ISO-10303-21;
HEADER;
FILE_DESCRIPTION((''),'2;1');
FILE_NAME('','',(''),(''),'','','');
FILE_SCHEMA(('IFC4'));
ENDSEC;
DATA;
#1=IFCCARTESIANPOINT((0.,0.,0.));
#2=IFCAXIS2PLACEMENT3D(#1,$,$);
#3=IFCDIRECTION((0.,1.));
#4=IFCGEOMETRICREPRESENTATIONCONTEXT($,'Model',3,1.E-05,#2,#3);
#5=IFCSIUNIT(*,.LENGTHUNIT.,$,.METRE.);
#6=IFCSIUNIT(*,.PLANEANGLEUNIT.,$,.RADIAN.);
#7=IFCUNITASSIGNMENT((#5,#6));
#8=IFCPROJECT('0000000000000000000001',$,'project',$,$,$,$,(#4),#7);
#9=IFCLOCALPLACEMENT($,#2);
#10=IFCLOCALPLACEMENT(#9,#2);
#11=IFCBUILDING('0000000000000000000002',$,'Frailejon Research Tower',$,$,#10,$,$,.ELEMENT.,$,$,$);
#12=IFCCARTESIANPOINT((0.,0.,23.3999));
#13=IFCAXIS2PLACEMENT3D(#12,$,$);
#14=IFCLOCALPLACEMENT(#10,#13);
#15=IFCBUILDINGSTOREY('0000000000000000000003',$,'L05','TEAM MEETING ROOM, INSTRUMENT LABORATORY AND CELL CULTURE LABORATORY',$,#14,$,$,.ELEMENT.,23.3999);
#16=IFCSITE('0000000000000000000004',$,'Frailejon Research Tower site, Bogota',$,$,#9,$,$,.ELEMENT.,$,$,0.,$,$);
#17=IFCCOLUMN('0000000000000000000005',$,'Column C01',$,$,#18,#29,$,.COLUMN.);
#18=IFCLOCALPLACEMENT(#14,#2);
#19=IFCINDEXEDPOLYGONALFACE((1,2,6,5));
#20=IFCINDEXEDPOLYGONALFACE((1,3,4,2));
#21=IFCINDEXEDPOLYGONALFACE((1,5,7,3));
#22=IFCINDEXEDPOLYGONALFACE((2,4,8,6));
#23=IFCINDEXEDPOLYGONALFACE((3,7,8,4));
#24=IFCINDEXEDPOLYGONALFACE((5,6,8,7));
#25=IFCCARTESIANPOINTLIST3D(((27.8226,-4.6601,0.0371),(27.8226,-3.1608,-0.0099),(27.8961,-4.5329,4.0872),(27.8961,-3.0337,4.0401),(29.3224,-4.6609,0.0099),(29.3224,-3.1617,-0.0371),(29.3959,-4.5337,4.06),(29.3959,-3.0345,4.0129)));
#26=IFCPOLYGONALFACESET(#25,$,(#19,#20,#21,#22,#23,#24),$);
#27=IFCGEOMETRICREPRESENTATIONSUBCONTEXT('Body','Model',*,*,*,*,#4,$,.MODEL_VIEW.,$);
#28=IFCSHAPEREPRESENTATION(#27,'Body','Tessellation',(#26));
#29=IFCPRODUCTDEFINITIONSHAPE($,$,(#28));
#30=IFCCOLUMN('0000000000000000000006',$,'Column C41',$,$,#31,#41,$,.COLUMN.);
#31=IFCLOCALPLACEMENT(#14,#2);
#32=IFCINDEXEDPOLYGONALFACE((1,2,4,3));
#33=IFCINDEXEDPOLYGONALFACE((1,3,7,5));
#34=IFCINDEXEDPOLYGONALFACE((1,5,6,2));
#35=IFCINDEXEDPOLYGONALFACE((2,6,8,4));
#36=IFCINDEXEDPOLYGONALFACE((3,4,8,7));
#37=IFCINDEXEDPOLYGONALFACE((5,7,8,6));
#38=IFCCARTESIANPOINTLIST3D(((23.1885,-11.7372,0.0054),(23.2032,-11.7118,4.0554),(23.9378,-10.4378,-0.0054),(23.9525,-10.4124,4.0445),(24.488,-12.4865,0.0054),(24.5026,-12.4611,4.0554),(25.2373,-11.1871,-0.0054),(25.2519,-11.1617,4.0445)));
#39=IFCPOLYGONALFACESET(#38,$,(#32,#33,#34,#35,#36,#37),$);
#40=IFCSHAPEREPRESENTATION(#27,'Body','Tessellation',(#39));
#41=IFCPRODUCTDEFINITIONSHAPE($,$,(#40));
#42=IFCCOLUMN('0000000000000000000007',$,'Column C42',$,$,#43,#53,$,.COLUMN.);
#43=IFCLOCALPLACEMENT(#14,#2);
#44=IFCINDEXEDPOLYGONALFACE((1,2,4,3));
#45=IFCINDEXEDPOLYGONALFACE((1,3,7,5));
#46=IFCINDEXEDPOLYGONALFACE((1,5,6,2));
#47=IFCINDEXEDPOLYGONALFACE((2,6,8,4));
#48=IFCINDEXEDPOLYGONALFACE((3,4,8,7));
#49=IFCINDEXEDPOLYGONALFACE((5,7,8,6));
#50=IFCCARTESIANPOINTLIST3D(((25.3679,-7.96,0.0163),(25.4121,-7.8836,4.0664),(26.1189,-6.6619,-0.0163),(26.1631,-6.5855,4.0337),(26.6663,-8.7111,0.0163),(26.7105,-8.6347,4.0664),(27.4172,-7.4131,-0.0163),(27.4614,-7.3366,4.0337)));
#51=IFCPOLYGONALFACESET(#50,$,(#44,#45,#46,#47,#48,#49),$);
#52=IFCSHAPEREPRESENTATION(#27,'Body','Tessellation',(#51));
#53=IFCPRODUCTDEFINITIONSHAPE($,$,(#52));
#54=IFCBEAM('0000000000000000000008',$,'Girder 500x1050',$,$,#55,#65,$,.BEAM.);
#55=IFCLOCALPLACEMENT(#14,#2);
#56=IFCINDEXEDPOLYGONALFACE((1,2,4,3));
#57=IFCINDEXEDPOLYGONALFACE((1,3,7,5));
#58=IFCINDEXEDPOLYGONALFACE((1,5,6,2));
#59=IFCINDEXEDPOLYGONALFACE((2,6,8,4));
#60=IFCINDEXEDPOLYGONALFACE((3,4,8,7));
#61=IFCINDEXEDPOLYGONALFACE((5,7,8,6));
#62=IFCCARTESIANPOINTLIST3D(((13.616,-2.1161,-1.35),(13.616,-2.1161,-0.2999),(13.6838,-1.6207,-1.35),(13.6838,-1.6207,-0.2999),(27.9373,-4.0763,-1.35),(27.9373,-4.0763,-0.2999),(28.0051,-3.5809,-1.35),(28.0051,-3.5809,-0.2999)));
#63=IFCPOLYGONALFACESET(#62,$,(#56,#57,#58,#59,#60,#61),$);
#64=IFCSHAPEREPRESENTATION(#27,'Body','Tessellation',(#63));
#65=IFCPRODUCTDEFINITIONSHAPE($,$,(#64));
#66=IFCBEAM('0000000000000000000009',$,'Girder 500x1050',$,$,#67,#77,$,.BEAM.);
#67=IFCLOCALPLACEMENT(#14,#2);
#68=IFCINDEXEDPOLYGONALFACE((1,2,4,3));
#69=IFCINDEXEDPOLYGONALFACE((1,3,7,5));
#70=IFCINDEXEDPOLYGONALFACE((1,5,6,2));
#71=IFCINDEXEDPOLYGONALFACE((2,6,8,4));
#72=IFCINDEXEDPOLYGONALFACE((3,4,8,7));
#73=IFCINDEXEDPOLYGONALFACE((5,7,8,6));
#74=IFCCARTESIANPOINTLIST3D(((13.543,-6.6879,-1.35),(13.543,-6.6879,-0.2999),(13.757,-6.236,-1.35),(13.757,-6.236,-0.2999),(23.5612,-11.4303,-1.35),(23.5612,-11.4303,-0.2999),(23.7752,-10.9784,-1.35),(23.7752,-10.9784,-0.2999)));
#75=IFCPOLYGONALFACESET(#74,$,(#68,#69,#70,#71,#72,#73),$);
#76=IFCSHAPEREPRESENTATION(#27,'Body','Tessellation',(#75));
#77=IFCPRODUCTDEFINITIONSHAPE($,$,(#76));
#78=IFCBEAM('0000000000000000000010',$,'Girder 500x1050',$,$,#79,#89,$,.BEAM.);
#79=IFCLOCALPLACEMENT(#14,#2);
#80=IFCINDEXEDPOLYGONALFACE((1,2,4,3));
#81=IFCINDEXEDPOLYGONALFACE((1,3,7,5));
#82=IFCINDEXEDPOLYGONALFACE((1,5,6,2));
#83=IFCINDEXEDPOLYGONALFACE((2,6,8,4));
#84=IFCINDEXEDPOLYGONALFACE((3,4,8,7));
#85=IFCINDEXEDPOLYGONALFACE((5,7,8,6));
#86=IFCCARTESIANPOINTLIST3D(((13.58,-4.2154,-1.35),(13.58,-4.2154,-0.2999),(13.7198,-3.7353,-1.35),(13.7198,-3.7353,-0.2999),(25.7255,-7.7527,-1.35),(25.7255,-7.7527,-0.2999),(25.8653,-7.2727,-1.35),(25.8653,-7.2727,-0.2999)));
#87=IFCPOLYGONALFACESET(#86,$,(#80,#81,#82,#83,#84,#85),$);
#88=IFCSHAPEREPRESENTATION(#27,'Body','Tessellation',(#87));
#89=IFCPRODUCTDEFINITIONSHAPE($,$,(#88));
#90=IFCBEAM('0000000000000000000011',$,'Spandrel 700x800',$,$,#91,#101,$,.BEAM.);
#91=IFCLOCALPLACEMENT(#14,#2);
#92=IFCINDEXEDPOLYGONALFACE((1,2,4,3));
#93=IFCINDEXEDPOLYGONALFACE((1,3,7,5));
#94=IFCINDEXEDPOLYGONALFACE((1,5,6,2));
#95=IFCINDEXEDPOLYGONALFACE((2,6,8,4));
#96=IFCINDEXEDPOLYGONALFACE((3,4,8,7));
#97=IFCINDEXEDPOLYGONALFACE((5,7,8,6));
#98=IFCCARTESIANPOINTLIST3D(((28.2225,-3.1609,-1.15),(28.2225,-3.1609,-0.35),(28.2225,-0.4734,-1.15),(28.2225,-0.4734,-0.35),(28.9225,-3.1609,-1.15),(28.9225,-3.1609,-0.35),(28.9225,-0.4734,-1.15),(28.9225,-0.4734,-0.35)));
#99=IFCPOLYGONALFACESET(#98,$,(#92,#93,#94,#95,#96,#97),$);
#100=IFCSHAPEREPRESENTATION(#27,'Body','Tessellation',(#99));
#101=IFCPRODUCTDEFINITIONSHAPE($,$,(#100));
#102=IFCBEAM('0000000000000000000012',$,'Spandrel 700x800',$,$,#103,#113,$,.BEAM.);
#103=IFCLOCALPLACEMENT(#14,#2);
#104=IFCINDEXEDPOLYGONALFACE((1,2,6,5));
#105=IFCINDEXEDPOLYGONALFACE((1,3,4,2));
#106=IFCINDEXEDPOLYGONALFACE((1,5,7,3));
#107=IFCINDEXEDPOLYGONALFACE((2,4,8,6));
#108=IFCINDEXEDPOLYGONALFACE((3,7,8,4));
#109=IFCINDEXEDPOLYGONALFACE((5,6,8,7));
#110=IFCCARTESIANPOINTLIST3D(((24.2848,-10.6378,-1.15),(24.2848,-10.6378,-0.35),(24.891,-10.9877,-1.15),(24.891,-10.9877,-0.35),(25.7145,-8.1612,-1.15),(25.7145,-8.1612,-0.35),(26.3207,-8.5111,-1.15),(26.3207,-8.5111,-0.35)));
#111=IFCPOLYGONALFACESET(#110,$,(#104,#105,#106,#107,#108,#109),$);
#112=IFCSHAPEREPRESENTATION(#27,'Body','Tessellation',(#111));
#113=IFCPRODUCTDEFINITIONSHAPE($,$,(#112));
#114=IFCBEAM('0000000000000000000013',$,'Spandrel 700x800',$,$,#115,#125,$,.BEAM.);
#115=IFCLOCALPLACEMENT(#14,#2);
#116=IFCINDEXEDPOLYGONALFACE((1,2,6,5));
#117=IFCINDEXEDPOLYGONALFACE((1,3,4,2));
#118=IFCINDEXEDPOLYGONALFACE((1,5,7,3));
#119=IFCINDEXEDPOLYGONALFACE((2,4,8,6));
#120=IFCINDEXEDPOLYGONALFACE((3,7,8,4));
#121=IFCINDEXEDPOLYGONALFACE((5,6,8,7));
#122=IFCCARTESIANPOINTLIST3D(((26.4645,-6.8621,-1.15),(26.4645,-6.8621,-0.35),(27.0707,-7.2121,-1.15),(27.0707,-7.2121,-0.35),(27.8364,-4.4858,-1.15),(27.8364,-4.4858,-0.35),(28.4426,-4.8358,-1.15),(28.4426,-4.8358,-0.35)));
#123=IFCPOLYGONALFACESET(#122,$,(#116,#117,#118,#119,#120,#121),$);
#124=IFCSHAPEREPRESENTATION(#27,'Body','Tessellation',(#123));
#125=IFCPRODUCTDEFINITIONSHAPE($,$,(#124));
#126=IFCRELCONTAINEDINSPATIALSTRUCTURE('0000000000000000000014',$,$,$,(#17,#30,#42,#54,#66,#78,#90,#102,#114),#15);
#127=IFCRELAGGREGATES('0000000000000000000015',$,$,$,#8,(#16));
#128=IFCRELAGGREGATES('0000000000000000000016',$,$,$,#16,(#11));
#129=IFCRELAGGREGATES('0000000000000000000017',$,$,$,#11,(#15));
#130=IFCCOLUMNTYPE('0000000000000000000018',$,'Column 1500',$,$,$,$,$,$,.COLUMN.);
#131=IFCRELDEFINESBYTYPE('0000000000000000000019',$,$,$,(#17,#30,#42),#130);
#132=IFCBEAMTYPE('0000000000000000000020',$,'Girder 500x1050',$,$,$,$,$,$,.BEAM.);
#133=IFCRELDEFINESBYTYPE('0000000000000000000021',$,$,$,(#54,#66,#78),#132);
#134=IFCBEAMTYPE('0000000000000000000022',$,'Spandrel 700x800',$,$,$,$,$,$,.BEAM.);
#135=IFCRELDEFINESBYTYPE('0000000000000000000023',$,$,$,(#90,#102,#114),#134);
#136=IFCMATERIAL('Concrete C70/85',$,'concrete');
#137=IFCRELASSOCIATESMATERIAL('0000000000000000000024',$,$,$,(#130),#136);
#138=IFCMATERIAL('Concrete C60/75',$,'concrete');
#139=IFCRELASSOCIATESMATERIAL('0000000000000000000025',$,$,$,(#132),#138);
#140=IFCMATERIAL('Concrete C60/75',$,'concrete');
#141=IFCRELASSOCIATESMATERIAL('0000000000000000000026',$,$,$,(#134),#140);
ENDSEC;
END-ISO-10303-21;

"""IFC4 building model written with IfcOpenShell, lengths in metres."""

from ifc_helpers import new_model, si_unit, direction, frame, origin, origin_2d, place, context, subcontext, project, spatial, rectangle, extrude, material, material_profile, profile_set, type_object, element, save


model = new_model("IFC4")

# Units and contexts
model_context = context("Model", 3, precision=1e-05, world=origin(), true_north=direction((0.0, 1.0)))
body_context = subcontext(model_context, "Body", "Model", "MODEL_VIEW")
ifc_project = project(units=[si_unit("LENGTHUNIT", "METRE"), si_unit("PLANEANGLEUNIT", "RADIAN")], contexts=[model_context])

# Site, building, storey
site_placement = place(None, origin())
site = spatial("IfcSite", under=ifc_project, at=site_placement, Name="Frailejon Research Tower site, Bogota", CompositionType="ELEMENT", RefElevation=0.0)
building_placement = place(site_placement, origin())
building = spatial("IfcBuilding", under=site, at=building_placement, Name="Frailejon Research Tower", CompositionType="ELEMENT")
storey_placement = place(building_placement, frame((0.0, 0.0, 23.3999)))
storey = spatial("IfcBuildingStorey", under=building, at=storey_placement, Name="L05", Description="TEAM MEETING ROOM, INSTRUMENT LABORATORY AND CELL CULTURE LABORATORY", CompositionType="ELEMENT", Elevation=23.3999)

# Columns
ifc_material_1 = material(Name="Concrete C70/85", Category="concrete")
ifc_material_profile_1 = material_profile(ifc_material_1, rectangle(XDim=1.5, YDim=1.5, at=origin_2d()), Name="Column 1500")
ifc_profile_set_1 = profile_set([ifc_material_profile_1], Name="Concrete C70/85")
column_type = type_object("IfcColumnType", Name="Column 1500", PredefinedType="COLUMN", material=ifc_profile_set_1)
column_1_placement = place(storey_placement, frame((28.5725, -3.9109, 0.0), z_axis=(0.018133, 0.031386, 0.999343), x_axis=(-0.000022, 0.999507, -0.03139)))
element("IfcColumn", 1, at=column_1_placement, inside=storey, type_object=column_type, Name="Column C01", PredefinedType="COLUMN", context=body_context, shape_type="SweptSolid", body=[
    extrude(rectangle(XDim=1.5, YDim=1.5, at=origin_2d()), origin(), (0.0, 0.0, 1.0), 4.0527),
])
column_2_placement = place(storey_placement, frame((24.2129, -11.4622, 0.0), z_axis=(0.003617, 0.006269, 0.999974), x_axis=(0.499536, 0.866263, -0.007238)))
element("IfcColumn", 2, at=column_2_placement, inside=storey, type_object=column_type, Name="Column C41", PredefinedType="COLUMN", context=body_context, shape_type="SweptSolid", body=[
    extrude(rectangle(XDim=1.5, YDim=1.5, at=origin_2d()), origin(), (0.0, 0.0, 1.0), 4.05),
])
column_3_placement = place(storey_placement, frame((26.3926, -7.6865, 0.0), z_axis=(0.010908, 0.018863, 0.999763), x_axis=(0.500638, 0.865382, -0.02179)))
element("IfcColumn", 3, at=column_3_placement, inside=storey, type_object=column_type, Name="Column C42", PredefinedType="COLUMN", context=body_context, shape_type="SweptSolid", body=[
    extrude(rectangle(XDim=1.5, YDim=1.5, at=origin_2d()), origin(), (0.0, 0.0, 1.0), 4.051),
])

# Beams
ifc_material_2 = material(Name="Concrete C60/75", Category="concrete")
ifc_material_profile_2 = material_profile(ifc_material_2, rectangle(XDim=0.5, YDim=1.05, at=origin_2d()), Name="Girder 500x1050")
ifc_profile_set_2 = profile_set([ifc_material_profile_2], Name="Concrete C60/75")
beam_type_1 = type_object("IfcBeamType", Name="Girder 500x1050", PredefinedType="BEAM", material=ifc_profile_set_2)
beam_1_placement = place(storey_placement, frame((27.9712, -3.8286, -0.825), z_axis=(-0.990762, 0.135609, 0.0), x_axis=(-0.135609, -0.990762, 0.0)))
element("IfcBeam", 4, at=beam_1_placement, inside=storey, type_object=beam_type_1, Name="Girder 500x1050", PredefinedType="BEAM", context=body_context, shape_type="SweptSolid", body=[
    extrude(rectangle(XDim=0.5, YDim=1.05, at=origin_2d()), origin(), (0.0, 0.0, 1.0), 14.4548),
])
beam_2_placement = place(storey_placement, frame((23.6682, -11.2043, -0.825), z_axis=(-0.903845, 0.427859, 0.0), x_axis=(-0.427859, -0.903845, 0.0)))
element("IfcBeam", 5, at=beam_2_placement, inside=storey, type_object=beam_type_1, Name="Girder 500x1050", PredefinedType="BEAM", context=body_context, shape_type="SweptSolid", body=[
    extrude(rectangle(XDim=0.5, YDim=1.05, at=origin_2d()), origin(), (0.0, 0.0, 1.0), 11.084),
])
beam_3_placement = place(storey_placement, frame((25.7954, -7.5127, -0.825), z_axis=(-0.960108, 0.279629, 0.0), x_axis=(-0.279629, -0.960108, 0.0)))
element("IfcBeam", 6, at=beam_3_placement, inside=storey, type_object=beam_type_1, Name="Girder 500x1050", PredefinedType="BEAM", context=body_context, shape_type="SweptSolid", body=[
    extrude(rectangle(XDim=0.5, YDim=1.05, at=origin_2d()), origin(), (0.0, 0.0, 1.0), 12.6501),
])
ifc_material_3 = material(Name="Concrete C60/75", Category="concrete")
ifc_material_profile_3 = material_profile(ifc_material_3, rectangle(XDim=0.7, YDim=0.8, at=origin_2d()), Name="Spandrel 700x800")
ifc_profile_set_3 = profile_set([ifc_material_profile_3], Name="Concrete C60/75")
beam_type_2 = type_object("IfcBeamType", Name="Spandrel 700x800", PredefinedType="BEAM", material=ifc_profile_set_3)
beam_4_placement = place(storey_placement, frame((28.5725, -3.1609, -0.75), z_axis=(0.0, 1.0, 0.0), x_axis=(-1.0, 0.0, 0.0)))
element("IfcBeam", 7, at=beam_4_placement, inside=storey, type_object=beam_type_2, Name="Spandrel 700x800", PredefinedType="BEAM", context=body_context, shape_type="SweptSolid", body=[
    extrude(rectangle(XDim=0.7, YDim=0.8, at=origin_2d()), origin(), (0.0, 0.0, 1.0), 2.6875),
])
beam_5_placement = place(storey_placement, frame((24.5879, -10.8127, -0.75), z_axis=(0.499959, 0.866049, 0.0), x_axis=(-0.866049, 0.499959, 0.0)))
element("IfcBeam", 8, at=beam_5_placement, inside=storey, type_object=beam_type_2, Name="Spandrel 700x800", PredefinedType="BEAM", context=body_context, shape_type="SweptSolid", body=[
    extrude(rectangle(XDim=0.7, YDim=0.8, at=origin_2d()), origin(), (0.0, 0.0, 1.0), 2.8596),
])
beam_6_placement = place(storey_placement, frame((26.7676, -7.0371, -0.75), z_axis=(0.499977, 0.866039, 0.0), x_axis=(-0.866039, 0.499977, 0.0)))
element("IfcBeam", 9, at=beam_6_placement, inside=storey, type_object=beam_type_2, Name="Spandrel 700x800", PredefinedType="BEAM", context=body_context, shape_type="SweptSolid", body=[
    extrude(rectangle(XDim=0.7, YDim=0.8, at=origin_2d()), origin(), (0.0, 0.0, 1.0), 2.7439),
])

save(model, "model.ifc")
